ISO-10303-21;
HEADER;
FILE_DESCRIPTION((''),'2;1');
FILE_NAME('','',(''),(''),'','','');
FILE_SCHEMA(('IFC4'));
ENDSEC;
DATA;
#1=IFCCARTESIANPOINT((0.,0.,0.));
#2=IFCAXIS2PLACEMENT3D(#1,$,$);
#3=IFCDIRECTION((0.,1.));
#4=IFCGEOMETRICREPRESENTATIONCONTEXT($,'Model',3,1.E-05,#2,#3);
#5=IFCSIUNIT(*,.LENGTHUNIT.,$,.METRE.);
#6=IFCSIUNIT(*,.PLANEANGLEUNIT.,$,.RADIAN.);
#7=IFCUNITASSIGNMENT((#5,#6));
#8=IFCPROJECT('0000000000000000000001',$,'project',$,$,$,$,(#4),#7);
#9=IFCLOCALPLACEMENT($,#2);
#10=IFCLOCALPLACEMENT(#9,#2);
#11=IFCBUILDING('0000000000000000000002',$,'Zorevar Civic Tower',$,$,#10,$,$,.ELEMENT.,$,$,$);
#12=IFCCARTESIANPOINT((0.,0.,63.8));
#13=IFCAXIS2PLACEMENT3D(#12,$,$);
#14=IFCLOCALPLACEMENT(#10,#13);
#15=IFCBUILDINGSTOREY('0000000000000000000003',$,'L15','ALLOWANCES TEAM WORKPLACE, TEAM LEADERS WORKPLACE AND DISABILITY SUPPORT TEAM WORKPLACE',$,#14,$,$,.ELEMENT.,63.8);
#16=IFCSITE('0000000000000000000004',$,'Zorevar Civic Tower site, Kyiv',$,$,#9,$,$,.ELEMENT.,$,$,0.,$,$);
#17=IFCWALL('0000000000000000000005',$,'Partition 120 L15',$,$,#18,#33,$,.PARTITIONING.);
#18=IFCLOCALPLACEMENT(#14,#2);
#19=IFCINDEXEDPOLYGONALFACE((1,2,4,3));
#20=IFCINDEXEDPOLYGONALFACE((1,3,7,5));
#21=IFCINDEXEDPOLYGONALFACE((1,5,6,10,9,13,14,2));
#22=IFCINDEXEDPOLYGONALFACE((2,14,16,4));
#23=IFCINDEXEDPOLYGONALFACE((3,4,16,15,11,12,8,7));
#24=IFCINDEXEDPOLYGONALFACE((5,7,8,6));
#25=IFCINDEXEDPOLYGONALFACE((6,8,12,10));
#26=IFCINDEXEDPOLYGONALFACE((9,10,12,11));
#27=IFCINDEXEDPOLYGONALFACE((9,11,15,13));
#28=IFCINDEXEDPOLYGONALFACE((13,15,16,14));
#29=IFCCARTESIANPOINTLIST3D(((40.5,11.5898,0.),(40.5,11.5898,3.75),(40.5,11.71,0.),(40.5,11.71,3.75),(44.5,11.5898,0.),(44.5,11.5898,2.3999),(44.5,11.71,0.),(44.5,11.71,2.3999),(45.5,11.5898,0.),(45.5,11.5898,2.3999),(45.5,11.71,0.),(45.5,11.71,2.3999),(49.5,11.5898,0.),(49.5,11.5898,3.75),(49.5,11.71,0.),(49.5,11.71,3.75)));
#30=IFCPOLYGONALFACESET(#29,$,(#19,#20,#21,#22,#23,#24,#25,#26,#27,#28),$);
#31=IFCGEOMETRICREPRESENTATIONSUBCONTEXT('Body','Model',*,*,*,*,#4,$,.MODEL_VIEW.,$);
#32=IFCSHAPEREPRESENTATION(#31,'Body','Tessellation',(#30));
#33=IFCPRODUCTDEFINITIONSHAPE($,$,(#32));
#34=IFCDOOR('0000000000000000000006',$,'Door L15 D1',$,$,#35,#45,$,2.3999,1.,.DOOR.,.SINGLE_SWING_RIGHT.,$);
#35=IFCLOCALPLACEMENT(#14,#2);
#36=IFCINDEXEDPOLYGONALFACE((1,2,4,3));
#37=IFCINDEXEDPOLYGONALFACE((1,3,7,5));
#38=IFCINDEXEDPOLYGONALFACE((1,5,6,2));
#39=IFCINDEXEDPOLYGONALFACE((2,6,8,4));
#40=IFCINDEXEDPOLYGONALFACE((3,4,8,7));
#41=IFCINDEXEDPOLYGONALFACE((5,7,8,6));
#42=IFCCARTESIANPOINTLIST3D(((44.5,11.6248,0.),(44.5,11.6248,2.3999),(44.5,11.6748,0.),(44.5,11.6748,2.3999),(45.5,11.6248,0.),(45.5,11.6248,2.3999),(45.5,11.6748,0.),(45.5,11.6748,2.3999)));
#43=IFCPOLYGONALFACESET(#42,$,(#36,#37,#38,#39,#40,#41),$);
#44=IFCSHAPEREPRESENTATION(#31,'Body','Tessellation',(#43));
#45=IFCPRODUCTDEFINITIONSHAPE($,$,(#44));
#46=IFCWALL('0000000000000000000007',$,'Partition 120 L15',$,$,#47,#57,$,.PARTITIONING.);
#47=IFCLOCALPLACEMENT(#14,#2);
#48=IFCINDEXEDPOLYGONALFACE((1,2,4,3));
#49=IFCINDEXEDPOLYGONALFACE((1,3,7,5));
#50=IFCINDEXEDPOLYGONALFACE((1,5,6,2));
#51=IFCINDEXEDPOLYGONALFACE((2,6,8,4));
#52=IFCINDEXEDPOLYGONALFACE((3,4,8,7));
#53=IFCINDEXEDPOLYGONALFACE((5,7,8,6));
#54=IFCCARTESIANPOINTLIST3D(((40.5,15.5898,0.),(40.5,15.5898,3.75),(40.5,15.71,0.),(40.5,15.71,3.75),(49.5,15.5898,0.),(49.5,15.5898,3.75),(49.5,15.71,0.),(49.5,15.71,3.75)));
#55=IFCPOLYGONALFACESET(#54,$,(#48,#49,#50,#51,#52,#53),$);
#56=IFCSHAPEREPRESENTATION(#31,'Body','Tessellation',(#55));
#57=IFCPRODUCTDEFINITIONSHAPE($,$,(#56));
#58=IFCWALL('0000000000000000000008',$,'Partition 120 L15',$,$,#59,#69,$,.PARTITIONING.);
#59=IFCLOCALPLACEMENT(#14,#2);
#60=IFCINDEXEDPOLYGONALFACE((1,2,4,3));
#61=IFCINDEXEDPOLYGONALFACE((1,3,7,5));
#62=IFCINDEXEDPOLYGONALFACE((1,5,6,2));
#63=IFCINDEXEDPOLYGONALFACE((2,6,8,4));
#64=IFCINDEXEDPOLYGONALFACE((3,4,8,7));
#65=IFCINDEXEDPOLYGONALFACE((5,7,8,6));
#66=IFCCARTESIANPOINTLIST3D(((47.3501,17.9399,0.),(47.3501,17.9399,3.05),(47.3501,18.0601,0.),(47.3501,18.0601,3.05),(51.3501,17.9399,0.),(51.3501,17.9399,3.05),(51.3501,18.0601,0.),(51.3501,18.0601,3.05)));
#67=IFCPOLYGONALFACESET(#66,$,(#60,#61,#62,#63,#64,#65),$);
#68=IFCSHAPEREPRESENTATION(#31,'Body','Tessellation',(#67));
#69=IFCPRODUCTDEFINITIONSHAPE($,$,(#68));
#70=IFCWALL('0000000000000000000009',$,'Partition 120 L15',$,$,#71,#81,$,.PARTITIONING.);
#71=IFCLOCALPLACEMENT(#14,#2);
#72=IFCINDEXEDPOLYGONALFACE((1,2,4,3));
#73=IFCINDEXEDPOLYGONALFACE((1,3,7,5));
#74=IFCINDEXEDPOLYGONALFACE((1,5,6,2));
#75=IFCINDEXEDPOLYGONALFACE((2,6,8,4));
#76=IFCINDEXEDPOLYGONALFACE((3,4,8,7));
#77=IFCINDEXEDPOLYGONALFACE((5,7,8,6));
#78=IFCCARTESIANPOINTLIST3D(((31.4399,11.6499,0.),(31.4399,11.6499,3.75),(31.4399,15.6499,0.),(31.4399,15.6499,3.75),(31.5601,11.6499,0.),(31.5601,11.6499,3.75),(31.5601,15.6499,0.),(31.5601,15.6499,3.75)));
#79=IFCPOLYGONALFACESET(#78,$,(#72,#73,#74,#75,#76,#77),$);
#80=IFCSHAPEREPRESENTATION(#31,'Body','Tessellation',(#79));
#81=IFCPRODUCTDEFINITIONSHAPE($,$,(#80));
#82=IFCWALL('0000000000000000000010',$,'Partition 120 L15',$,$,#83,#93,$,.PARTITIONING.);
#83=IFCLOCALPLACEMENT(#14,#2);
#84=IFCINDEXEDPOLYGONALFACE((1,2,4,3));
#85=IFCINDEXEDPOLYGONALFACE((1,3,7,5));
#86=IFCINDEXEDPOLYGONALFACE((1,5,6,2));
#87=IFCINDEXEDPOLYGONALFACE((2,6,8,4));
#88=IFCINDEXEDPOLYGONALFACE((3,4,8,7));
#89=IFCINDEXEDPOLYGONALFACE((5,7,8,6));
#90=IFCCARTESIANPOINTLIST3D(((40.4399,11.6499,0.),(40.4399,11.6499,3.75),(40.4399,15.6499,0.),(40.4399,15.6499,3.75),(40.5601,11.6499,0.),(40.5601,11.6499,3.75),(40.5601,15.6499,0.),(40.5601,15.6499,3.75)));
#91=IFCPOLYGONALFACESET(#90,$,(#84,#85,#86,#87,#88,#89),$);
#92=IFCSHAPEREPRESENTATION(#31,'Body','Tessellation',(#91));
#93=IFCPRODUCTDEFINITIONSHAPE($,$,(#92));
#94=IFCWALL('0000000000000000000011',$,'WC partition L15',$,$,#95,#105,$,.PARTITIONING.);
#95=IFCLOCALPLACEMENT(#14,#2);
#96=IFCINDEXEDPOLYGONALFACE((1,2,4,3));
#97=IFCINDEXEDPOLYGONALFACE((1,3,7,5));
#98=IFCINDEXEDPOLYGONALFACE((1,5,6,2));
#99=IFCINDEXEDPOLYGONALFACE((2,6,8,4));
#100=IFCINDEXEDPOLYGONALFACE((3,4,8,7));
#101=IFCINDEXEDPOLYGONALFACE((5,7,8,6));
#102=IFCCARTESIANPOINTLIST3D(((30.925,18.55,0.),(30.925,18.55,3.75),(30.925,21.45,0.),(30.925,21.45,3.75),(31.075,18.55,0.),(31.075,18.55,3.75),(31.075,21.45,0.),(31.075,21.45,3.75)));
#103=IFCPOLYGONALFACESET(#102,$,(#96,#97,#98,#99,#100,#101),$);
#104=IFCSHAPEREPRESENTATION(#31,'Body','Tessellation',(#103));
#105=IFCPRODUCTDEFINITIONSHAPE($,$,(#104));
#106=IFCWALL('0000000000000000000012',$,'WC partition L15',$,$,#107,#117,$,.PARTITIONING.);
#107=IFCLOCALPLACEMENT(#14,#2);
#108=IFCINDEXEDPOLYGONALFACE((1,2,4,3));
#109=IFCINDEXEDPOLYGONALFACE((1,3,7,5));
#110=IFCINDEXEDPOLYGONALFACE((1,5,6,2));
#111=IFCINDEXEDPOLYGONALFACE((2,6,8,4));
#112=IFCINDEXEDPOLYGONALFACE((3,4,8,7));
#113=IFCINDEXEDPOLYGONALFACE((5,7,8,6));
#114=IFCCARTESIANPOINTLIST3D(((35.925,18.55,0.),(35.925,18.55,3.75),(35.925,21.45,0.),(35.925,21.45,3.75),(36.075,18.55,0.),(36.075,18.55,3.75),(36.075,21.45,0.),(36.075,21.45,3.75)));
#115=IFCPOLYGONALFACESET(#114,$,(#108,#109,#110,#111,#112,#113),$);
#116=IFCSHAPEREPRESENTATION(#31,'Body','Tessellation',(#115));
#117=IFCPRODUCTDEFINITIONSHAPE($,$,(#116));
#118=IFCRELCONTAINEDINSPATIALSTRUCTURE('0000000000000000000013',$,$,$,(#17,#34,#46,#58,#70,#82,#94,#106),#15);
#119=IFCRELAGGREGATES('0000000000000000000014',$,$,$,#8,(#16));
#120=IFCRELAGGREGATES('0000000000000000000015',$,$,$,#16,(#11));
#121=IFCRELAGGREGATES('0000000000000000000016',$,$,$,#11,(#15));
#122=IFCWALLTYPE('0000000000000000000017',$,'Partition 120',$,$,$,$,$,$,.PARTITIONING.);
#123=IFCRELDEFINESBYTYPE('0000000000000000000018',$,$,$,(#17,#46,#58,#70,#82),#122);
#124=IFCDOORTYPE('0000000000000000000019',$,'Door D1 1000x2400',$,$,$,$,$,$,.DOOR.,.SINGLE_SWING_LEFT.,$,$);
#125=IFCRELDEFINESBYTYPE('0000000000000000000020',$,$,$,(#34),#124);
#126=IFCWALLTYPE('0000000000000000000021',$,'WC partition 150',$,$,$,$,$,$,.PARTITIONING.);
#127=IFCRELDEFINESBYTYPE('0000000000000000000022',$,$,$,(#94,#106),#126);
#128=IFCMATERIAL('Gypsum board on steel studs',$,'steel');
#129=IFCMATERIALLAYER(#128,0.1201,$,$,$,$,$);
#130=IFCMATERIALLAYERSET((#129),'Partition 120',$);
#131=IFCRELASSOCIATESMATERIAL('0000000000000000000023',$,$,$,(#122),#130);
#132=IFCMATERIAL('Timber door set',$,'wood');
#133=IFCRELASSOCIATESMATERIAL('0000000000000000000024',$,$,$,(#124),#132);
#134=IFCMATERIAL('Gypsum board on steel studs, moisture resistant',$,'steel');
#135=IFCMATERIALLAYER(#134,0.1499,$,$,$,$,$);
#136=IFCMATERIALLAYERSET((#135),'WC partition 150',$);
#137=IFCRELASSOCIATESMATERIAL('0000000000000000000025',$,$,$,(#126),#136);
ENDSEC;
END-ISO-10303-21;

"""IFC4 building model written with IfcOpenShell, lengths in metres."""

from ifc_helpers import new_model, si_unit, direction, frame, frame_2d, origin, place, context, subcontext, project, spatial, rectangle, extrude, material, layer, layer_set, type_object, element, fill, save


model = new_model("IFC4")

# Units and contexts
model_context = context("Model", 3, precision=1e-05, world=origin(), true_north=direction((0.0, 1.0)))
body_context = subcontext(model_context, "Body", "Model", "MODEL_VIEW")
ifc_project = project(units=[si_unit("LENGTHUNIT", "METRE"), si_unit("PLANEANGLEUNIT", "RADIAN")], contexts=[model_context])

# Site, building, storey
site_placement = place(None, origin())
site = spatial("IfcSite", under=ifc_project, at=site_placement, Name="Zorevar Civic Tower site, Kyiv", CompositionType="ELEMENT", RefElevation=0.0)
building_placement = place(site_placement, origin())
building = spatial("IfcBuilding", under=site, at=building_placement, Name="Zorevar Civic Tower", CompositionType="ELEMENT")
storey_placement = place(building_placement, frame((0.0, 0.0, 63.8)))
storey = spatial("IfcBuildingStorey", under=building, at=storey_placement, Name="L15", Description="ALLOWANCES TEAM WORKPLACE, TEAM LEADERS WORKPLACE AND DISABILITY SUPPORT TEAM WORKPLACE", CompositionType="ELEMENT", Elevation=63.8)

# Wall, opening, door
ifc_material_1 = material(Name="Gypsum board on steel studs", Category="steel")
ifc_layer_1 = layer(ifc_material_1, 0.1201)
ifc_layer_set_1 = layer_set([ifc_layer_1], Name="Partition 120")
wall_type_1 = type_object("IfcWallType", Name="Partition 120", PredefinedType="PARTITIONING", material=ifc_layer_set_1)
wall_1_placement = place(storey_placement, frame((40.5, 11.6499, 0.0), z_axis=(0.0, 0.0, 1.0), x_axis=(1.0, 0.0, 0.0)))
wall_1 = element("IfcWall", 1, at=wall_1_placement, inside=storey, type_object=wall_type_1, Name="Partition 120 L15", PredefinedType="PARTITIONING", context=body_context, shape_type="SweptSolid", body=[
    extrude(rectangle(XDim=9.0, YDim=0.1201, at=frame_2d((4.5, 0.0))), origin(), (0.0, 0.0, 1.0), 3.75),
])
opening_1_placement = place(wall_1_placement, frame((4.0, 0.0, 0.0)))
opening_1 = element("IfcOpeningElement", 2, at=opening_1_placement, cuts=wall_1, PredefinedType="OPENING", context=body_context, shape_type="SweptSolid", body=[
    extrude(rectangle(XDim=1.0, YDim=2.3999, at=frame_2d((0.5, 1.2))), frame((0.0, 0.0701, 0.0), z_axis=(0.0, -1.0, 0.0), x_axis=(1.0, 0.0, 0.0)), (0.0, 0.0, 1.0), 0.1401),
])
ifc_material_2 = material(Name="Timber door set", Category="wood")
door_type_1 = type_object("IfcDoorType", Name="Door D1 1000x2400", OperationType="SINGLE_SWING_LEFT", PredefinedType="DOOR", material=ifc_material_2)
door_1_placement = place(opening_1_placement, origin())
door_1 = element("IfcDoor", 3, at=door_1_placement, inside=storey, type_object=door_type_1, Name="Door L15 D1", OperationType="SINGLE_SWING_RIGHT", OverallHeight=2.3999, OverallWidth=1.0, PredefinedType="DOOR", context=body_context, shape_type="SweptSolid", body=[
    extrude(rectangle(XDim=1.0, YDim=2.3999, at=frame_2d((0.5, 1.2))), frame((0.0, 0.0249, 0.0), z_axis=(0.0, -1.0, 0.0), x_axis=(1.0, 0.0, 0.0)), (0.0, 0.0, 1.0), 0.05),
])
fill(opening_1, door_1)

# Walls
wall_2_placement = place(storey_placement, frame((40.5, 15.6499, 0.0), z_axis=(0.0, 0.0, 1.0), x_axis=(1.0, 0.0, 0.0)))
element("IfcWall", 4, at=wall_2_placement, inside=storey, type_object=wall_type_1, Name="Partition 120 L15", PredefinedType="PARTITIONING", context=body_context, shape_type="SweptSolid", body=[
    extrude(rectangle(XDim=9.0, YDim=0.1201, at=frame_2d((4.5, 0.0))), origin(), (0.0, 0.0, 1.0), 3.75),
])
wall_3_placement = place(storey_placement, frame((47.3501, 18.0, 0.0), z_axis=(0.0, 0.0, 1.0), x_axis=(1.0, 0.0, 0.0)))
element("IfcWall", 5, at=wall_3_placement, inside=storey, type_object=wall_type_1, Name="Partition 120 L15", PredefinedType="PARTITIONING", context=body_context, shape_type="SweptSolid", body=[
    extrude(rectangle(XDim=4.0, YDim=0.1201, at=frame_2d((2.0, 0.0))), origin(), (0.0, 0.0, 1.0), 3.05),
])
for number, where, z_axis, x_axis, name in (
    (6, (31.5, 11.6499, 0.0), (0.0, 0.0, 1.0), (0.0, 1.0, 0.0), "Partition 120 L15"),
    (7, (40.5, 11.6499, 0.0), (0.0, 0.0, 1.0), (0.0, 1.0, 0.0), "Partition 120 L15"),
):
    element("IfcWall", number, at=place(storey_placement, frame(where, z_axis=z_axis, x_axis=x_axis)), inside=storey, type_object=wall_type_1, Name=name, PredefinedType="PARTITIONING", context=body_context, shape_type="SweptSolid", body=[
        extrude(rectangle(XDim=4.0, YDim=0.1201, at=frame_2d((2.0, 0.0))), origin(), (0.0, 0.0, 1.0), 3.75),
    ])
ifc_material_3 = material(Name="Gypsum board on steel studs, moisture resistant", Category="steel")
ifc_layer_2 = layer(ifc_material_3, 0.1499)
ifc_layer_set_2 = layer_set([ifc_layer_2], Name="WC partition 150")
wall_type_2 = type_object("IfcWallType", Name="WC partition 150", PredefinedType="PARTITIONING", material=ifc_layer_set_2)
for number, where, z_axis, x_axis, name in (
    (8, (31.0, 18.55, 0.0), (0.0, 0.0, 1.0), (0.0, 1.0, 0.0), "WC partition L15"),
    (9, (36.0, 18.55, 0.0), (0.0, 0.0, 1.0), (0.0, 1.0, 0.0), "WC partition L15"),
):
    element("IfcWall", number, at=place(storey_placement, frame(where, z_axis=z_axis, x_axis=x_axis)), inside=storey, type_object=wall_type_2, Name=name, PredefinedType="PARTITIONING", context=body_context, shape_type="SweptSolid", body=[
        extrude(rectangle(XDim=2.8999, YDim=0.1499, at=frame_2d((1.45, 0.0))), origin(), (0.0, 0.0, 1.0), 3.75),
    ])

save(model, "model.ifc")
